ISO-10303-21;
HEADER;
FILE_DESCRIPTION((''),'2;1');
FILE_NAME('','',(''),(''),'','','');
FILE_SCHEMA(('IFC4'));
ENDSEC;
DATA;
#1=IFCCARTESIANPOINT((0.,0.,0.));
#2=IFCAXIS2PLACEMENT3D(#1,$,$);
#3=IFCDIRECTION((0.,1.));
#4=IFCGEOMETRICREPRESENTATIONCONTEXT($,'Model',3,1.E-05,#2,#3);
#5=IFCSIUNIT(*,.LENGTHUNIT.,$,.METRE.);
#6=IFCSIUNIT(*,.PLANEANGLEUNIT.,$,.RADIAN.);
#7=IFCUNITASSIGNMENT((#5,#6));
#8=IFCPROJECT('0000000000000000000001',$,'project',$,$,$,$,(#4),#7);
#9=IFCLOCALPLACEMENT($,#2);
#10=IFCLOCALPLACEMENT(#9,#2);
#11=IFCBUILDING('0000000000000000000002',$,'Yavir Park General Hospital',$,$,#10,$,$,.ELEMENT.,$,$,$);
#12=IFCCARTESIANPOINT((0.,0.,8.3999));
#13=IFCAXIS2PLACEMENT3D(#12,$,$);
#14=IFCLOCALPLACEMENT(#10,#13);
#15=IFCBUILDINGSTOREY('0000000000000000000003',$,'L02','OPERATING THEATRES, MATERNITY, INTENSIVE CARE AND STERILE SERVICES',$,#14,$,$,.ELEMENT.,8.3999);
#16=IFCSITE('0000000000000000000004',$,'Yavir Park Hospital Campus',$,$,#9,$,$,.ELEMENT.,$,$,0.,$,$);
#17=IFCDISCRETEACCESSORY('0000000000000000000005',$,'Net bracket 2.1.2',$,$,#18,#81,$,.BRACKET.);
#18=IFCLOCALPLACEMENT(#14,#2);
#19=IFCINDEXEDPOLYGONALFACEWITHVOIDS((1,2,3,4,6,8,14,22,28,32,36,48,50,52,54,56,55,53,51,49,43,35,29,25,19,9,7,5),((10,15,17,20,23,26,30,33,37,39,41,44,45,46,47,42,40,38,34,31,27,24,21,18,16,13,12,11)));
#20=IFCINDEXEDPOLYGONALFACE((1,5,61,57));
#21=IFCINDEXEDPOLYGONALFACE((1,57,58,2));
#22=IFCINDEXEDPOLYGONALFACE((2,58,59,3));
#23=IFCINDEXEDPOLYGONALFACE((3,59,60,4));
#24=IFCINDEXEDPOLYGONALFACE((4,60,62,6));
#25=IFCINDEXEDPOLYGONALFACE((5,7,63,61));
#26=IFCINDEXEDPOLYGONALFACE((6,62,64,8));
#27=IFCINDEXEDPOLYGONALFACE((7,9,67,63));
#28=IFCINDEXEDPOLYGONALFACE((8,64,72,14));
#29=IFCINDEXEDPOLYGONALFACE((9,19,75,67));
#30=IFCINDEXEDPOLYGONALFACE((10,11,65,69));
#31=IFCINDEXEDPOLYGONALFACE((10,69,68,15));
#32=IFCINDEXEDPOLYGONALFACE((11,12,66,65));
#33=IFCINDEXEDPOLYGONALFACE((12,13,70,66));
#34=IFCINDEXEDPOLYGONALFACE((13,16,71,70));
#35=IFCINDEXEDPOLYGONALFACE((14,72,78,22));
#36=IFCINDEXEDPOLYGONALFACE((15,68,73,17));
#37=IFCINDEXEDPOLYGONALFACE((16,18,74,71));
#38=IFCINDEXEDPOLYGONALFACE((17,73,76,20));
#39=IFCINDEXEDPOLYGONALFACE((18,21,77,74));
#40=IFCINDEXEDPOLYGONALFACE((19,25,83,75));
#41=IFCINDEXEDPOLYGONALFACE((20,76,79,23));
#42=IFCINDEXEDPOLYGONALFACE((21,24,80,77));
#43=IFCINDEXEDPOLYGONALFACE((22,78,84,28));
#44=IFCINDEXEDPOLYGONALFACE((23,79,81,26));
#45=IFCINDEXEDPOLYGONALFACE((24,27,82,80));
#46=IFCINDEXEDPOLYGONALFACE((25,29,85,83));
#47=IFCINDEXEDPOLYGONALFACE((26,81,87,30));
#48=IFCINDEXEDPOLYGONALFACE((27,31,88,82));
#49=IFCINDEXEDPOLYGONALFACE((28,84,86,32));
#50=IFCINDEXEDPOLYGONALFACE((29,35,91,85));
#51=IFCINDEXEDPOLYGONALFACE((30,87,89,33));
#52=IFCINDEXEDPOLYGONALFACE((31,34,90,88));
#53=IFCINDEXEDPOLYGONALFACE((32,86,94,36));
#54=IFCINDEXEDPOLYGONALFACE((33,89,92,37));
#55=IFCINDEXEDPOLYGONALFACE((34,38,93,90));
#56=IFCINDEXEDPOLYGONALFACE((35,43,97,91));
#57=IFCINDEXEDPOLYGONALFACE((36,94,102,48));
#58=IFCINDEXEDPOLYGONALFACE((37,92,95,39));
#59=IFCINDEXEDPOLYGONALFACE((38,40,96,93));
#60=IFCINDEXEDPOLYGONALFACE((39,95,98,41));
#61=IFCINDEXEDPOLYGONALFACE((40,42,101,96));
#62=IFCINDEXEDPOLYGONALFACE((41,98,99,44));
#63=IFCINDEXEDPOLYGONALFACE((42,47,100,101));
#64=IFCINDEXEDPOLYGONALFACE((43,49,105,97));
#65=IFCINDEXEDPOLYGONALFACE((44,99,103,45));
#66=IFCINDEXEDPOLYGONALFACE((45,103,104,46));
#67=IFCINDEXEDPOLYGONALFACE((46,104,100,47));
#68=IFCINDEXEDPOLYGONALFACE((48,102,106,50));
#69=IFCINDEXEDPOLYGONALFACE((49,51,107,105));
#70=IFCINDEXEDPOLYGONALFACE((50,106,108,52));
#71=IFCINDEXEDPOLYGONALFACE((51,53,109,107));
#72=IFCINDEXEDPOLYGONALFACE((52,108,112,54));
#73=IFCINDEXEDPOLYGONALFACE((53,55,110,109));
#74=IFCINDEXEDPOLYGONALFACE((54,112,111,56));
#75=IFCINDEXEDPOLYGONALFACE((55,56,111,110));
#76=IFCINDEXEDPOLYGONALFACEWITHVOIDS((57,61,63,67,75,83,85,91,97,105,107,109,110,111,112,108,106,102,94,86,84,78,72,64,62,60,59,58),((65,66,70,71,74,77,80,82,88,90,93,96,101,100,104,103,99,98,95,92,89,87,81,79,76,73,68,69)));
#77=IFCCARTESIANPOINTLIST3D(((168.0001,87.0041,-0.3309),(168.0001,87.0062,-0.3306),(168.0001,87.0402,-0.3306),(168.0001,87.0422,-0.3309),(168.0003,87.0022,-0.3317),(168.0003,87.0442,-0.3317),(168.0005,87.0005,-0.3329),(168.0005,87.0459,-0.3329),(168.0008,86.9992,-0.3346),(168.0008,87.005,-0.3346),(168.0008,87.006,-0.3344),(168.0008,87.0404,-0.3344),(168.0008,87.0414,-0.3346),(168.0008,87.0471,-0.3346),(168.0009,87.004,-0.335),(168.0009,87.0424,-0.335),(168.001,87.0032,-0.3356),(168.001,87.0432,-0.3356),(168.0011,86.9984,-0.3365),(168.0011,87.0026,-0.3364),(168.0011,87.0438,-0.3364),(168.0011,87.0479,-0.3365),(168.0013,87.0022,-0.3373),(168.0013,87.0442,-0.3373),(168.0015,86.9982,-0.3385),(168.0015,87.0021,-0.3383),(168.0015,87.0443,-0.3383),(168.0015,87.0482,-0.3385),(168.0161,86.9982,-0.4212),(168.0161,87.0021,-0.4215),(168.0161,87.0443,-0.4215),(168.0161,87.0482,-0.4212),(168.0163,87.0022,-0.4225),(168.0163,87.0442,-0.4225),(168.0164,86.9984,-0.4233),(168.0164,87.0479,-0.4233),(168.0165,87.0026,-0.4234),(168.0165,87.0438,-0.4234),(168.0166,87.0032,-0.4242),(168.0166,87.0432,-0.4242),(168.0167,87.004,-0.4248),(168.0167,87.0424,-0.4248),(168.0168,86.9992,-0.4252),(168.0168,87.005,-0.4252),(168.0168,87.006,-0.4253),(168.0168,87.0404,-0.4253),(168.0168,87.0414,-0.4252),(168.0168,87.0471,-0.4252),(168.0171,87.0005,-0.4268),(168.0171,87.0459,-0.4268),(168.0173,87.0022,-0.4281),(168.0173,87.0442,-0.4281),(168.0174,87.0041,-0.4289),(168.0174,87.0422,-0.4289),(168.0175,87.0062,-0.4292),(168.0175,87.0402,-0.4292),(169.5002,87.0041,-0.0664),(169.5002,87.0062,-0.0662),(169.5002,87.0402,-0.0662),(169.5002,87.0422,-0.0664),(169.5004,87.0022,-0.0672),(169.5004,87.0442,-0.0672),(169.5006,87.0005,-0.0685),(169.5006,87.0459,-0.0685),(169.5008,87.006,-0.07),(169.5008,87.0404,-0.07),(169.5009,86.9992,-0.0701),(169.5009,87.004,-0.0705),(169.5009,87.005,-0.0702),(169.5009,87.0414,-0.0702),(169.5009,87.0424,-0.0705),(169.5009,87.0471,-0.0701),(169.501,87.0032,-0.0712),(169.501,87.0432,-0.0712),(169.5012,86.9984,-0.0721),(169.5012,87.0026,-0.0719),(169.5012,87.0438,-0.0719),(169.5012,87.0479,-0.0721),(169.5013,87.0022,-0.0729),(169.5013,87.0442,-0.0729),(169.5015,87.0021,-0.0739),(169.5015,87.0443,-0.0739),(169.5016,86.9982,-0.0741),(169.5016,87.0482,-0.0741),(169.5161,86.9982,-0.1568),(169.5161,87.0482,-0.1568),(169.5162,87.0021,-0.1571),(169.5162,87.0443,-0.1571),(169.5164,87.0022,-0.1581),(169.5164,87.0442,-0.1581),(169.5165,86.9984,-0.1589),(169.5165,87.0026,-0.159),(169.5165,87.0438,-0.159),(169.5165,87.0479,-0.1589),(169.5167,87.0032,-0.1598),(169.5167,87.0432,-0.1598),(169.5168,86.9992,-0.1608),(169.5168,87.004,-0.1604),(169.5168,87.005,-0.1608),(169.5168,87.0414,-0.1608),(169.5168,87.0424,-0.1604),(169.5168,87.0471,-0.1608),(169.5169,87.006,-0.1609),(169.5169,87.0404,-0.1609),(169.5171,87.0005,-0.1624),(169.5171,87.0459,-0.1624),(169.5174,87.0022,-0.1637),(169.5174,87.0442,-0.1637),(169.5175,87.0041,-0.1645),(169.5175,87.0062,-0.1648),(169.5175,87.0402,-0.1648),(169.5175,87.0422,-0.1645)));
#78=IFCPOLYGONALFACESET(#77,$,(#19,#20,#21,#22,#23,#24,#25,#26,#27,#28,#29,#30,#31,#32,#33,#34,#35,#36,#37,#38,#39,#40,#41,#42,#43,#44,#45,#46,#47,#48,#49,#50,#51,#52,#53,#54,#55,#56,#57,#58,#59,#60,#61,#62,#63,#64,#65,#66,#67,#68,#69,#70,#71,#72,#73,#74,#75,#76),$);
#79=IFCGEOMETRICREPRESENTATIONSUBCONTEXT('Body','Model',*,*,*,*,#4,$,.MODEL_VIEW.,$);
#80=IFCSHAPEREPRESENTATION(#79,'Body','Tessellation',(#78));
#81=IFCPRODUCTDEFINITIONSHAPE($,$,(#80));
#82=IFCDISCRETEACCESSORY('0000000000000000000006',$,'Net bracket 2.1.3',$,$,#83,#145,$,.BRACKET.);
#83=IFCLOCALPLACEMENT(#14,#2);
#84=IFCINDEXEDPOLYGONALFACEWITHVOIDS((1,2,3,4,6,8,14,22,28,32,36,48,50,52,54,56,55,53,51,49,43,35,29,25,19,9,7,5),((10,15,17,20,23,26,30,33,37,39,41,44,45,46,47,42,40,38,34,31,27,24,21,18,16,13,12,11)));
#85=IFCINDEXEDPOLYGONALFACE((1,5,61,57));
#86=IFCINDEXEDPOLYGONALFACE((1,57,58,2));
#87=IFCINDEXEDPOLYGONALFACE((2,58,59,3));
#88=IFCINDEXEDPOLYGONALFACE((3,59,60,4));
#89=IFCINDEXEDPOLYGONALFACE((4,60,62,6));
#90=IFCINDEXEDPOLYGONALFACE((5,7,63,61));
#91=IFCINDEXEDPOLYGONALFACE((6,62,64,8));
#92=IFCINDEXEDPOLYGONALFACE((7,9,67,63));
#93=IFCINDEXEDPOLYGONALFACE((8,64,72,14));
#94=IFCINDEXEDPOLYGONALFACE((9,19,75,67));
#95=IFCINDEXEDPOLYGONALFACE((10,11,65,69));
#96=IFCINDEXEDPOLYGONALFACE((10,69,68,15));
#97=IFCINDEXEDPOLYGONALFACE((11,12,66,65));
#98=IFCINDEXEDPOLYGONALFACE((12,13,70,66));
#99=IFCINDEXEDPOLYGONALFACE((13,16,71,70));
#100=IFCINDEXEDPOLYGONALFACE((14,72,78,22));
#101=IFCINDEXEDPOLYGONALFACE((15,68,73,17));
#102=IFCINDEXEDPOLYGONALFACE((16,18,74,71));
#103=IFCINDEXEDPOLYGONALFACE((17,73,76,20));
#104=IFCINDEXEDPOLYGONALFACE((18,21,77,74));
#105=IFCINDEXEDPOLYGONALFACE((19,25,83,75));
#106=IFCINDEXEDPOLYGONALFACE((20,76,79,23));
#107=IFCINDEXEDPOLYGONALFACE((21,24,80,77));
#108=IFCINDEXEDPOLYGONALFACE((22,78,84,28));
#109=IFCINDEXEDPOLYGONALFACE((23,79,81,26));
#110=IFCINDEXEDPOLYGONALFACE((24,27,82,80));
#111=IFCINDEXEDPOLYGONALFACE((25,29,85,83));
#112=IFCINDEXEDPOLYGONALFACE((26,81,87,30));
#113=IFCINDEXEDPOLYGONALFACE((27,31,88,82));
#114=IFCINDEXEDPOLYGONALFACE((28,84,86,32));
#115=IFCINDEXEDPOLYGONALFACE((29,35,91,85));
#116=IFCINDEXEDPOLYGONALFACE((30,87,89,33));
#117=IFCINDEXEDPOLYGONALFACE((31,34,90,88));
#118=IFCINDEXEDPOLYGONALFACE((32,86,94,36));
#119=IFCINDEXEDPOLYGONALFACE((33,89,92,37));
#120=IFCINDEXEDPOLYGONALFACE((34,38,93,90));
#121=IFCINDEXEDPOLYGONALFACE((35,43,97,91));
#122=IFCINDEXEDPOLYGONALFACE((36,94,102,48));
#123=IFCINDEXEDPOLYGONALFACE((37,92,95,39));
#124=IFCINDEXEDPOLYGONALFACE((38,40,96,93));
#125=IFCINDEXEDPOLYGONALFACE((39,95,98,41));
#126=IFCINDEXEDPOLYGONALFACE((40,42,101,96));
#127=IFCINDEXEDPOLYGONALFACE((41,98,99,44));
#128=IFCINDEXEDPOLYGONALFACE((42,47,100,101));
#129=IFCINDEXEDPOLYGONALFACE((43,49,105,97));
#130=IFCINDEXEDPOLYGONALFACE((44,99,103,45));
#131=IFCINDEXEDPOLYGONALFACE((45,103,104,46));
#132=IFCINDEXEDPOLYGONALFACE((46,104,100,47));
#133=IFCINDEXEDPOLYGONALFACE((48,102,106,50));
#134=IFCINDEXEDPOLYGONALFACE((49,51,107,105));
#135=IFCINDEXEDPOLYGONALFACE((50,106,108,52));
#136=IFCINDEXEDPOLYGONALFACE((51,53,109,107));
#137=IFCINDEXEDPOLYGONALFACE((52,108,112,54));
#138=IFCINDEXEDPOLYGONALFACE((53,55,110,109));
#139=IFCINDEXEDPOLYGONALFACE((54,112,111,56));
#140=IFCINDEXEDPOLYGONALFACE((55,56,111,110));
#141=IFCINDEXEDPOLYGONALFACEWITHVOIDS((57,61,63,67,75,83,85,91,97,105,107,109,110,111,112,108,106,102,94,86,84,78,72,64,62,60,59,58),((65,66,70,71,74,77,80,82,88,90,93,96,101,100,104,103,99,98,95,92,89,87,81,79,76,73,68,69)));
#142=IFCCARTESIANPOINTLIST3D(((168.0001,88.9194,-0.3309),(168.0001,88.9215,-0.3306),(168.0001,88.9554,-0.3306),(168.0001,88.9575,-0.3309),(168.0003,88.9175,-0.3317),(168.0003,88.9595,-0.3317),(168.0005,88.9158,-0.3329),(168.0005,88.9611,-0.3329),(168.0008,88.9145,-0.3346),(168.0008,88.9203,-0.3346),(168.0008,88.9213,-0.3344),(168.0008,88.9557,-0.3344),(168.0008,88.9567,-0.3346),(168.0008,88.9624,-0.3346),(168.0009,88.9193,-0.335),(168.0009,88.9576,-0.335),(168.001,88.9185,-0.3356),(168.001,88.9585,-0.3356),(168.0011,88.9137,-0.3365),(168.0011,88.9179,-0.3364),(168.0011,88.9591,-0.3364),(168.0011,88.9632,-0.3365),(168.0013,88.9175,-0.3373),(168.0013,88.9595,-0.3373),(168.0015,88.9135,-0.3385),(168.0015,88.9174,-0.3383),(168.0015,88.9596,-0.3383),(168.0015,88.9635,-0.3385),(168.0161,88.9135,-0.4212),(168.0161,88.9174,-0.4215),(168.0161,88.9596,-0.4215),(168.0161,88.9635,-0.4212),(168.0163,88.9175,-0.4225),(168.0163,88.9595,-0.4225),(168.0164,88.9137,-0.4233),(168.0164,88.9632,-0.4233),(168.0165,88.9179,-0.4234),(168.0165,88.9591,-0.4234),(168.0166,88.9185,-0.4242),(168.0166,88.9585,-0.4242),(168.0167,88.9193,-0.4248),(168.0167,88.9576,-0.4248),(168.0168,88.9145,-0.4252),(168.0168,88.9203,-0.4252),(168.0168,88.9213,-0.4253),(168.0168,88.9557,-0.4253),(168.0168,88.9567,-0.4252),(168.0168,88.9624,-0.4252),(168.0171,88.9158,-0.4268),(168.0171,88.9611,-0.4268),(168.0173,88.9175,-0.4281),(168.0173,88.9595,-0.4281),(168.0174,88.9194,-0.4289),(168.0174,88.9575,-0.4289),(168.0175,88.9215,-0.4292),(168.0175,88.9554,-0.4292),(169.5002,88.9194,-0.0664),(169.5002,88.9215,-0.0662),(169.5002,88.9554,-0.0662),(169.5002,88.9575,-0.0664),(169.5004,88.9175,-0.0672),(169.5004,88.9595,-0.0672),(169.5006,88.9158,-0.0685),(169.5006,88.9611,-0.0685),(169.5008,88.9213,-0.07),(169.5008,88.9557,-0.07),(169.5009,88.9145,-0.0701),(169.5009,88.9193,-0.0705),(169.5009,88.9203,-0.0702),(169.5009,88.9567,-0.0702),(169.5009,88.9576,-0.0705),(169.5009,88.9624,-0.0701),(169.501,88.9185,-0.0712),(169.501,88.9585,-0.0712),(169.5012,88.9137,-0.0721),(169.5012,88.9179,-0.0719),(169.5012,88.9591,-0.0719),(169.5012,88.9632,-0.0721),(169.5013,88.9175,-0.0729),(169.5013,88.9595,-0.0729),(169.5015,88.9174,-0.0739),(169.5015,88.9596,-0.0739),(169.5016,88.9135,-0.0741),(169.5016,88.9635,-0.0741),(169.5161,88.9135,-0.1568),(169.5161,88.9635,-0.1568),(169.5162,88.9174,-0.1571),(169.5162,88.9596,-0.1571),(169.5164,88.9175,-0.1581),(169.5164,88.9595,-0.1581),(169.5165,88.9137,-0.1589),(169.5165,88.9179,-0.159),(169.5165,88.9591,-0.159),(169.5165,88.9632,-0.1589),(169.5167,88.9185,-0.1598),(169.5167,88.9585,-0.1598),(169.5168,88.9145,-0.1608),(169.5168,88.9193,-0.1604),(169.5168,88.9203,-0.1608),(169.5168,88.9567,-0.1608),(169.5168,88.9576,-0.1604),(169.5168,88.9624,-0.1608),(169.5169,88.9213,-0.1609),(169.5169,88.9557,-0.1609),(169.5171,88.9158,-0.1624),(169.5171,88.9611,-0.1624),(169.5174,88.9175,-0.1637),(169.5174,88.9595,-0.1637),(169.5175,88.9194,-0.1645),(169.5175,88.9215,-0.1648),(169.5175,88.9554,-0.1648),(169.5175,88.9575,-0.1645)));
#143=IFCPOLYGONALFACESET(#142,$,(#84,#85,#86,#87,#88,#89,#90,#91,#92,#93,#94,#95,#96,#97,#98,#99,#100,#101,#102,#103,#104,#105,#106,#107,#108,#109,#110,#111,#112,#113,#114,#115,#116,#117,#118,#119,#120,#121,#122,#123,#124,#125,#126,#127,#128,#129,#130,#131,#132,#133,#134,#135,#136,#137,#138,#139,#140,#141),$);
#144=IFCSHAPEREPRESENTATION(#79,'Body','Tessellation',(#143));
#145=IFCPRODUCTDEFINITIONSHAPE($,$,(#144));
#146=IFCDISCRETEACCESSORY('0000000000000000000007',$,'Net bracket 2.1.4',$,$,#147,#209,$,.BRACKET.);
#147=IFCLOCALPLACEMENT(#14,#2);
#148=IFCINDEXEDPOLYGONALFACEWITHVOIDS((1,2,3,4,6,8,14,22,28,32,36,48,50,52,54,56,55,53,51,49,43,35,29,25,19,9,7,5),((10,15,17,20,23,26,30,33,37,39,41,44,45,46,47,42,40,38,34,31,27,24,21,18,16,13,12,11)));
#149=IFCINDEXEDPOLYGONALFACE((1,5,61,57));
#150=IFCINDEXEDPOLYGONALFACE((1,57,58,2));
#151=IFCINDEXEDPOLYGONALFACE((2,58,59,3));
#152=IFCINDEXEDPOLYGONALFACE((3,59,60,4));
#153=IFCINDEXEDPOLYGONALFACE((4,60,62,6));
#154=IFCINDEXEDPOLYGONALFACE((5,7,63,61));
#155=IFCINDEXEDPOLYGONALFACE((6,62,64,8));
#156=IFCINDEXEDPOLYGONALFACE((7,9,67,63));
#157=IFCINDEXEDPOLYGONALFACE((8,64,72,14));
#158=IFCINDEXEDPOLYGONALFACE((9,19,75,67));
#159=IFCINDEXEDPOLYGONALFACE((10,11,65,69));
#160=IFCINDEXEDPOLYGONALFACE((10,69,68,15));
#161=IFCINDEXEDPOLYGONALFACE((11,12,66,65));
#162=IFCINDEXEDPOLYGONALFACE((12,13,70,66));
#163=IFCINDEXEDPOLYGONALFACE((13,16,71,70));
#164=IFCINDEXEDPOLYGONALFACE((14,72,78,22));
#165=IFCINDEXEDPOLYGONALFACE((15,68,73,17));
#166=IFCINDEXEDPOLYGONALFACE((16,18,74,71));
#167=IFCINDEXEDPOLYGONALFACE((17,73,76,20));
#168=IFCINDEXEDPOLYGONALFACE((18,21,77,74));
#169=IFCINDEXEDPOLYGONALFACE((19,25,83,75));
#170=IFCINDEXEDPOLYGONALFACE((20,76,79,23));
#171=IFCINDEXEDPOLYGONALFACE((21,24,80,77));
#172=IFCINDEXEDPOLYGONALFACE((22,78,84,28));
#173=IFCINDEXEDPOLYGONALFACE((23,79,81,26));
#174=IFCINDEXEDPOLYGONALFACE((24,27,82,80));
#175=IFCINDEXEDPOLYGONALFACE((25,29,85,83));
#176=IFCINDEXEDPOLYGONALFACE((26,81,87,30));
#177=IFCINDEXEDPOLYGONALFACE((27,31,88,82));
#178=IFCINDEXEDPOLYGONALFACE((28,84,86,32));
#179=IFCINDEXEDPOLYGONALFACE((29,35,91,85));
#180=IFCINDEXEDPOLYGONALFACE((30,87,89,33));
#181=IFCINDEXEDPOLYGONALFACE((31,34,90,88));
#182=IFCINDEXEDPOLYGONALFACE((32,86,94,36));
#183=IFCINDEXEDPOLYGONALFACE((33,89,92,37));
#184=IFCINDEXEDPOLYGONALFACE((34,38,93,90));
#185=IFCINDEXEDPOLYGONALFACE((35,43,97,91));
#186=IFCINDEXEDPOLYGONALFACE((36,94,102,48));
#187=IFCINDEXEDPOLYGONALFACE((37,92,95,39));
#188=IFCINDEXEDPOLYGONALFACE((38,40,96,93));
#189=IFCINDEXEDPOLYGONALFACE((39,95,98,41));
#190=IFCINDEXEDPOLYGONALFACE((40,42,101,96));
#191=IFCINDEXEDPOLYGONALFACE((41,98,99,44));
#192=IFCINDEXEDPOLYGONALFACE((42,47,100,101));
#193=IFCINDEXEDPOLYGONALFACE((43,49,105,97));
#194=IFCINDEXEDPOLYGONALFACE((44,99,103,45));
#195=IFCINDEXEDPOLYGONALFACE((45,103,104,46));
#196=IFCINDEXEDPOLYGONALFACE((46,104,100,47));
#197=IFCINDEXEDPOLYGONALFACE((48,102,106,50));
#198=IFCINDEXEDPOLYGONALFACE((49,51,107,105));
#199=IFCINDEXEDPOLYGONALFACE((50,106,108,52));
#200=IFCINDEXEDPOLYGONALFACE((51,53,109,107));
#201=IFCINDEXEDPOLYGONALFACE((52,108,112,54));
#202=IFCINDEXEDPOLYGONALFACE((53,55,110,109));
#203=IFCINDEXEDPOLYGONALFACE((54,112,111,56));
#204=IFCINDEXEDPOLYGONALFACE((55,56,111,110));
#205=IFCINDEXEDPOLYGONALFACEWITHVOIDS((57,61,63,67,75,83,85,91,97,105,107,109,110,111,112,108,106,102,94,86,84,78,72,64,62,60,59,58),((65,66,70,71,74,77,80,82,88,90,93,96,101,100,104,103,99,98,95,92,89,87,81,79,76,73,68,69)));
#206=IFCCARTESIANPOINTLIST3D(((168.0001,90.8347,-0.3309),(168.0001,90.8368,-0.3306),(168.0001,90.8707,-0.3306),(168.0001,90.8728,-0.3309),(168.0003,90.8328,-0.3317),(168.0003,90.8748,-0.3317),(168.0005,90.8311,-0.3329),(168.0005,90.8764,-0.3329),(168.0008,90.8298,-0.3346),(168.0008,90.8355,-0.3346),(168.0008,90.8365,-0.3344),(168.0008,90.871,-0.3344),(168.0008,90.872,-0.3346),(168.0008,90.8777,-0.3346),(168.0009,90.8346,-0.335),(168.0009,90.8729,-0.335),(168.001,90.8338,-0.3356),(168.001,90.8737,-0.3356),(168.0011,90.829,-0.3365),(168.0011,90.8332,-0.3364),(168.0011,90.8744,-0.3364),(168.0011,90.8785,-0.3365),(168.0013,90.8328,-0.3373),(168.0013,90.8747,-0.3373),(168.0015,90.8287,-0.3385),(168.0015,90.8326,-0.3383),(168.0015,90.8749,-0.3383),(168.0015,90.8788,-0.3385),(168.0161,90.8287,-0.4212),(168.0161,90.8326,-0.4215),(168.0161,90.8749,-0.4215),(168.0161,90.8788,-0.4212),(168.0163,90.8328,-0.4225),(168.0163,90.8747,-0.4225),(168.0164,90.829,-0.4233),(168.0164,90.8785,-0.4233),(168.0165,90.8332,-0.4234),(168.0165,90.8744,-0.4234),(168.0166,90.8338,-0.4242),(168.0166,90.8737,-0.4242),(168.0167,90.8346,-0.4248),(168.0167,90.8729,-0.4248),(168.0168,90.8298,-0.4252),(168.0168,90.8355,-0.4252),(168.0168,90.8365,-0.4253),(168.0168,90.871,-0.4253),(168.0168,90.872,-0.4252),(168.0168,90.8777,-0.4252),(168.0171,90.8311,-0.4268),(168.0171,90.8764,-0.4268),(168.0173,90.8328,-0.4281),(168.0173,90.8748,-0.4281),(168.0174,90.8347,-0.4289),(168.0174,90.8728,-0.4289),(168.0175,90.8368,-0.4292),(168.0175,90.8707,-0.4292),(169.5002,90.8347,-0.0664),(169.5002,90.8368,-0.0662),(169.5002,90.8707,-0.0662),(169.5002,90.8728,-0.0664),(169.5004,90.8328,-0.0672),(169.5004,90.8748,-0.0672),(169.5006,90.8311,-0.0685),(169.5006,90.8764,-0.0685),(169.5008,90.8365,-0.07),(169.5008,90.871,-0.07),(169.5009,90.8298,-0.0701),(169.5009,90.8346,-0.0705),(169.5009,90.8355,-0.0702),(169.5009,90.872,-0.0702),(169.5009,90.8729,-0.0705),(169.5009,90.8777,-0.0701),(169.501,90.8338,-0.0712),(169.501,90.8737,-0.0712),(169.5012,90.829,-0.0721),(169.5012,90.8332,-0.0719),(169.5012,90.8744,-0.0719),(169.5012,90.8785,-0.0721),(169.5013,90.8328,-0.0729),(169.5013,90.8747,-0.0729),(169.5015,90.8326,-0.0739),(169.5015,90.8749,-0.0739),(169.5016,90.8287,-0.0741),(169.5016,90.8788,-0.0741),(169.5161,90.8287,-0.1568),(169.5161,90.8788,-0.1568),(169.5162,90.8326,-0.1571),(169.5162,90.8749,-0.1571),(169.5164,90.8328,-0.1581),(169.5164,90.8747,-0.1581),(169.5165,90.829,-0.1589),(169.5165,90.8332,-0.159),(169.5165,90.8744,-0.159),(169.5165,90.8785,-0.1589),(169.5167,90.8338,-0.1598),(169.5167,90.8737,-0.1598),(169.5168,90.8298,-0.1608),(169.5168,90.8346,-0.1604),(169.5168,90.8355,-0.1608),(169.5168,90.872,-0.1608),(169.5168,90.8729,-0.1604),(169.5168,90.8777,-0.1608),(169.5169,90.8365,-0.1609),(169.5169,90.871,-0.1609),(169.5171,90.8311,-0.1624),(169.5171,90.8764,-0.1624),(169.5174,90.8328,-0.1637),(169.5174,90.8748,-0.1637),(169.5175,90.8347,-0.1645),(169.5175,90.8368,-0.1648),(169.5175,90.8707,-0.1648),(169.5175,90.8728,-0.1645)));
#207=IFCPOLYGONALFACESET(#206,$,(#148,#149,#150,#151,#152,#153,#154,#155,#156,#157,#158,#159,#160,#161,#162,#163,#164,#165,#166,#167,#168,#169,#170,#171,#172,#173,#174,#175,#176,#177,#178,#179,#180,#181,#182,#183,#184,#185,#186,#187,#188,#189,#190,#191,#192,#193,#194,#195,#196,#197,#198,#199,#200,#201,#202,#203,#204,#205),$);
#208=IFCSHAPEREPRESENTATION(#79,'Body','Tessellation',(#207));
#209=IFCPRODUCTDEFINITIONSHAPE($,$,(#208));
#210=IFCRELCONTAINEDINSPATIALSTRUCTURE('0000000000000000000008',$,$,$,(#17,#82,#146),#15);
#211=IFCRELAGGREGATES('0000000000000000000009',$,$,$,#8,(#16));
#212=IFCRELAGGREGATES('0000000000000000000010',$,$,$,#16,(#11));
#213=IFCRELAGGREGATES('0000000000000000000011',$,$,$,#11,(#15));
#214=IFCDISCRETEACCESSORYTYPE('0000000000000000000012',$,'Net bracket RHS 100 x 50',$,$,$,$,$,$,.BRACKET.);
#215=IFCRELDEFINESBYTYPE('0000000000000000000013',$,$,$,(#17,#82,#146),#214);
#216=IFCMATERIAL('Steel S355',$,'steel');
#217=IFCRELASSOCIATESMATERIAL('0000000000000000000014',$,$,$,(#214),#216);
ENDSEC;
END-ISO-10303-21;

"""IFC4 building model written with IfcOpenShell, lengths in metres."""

from ifc_helpers import new_model, si_unit, direction, frame, origin, origin_2d, place, context, subcontext, project, spatial, hollow_rectangle, extrude, material, material_profile, profile_set, type_object, element, save


model = new_model("IFC4")

# Units and contexts
model_context = context("Model", 3, precision=1e-05, world=origin(), true_north=direction((0.0, 1.0)))
body_context = subcontext(model_context, "Body", "Model", "MODEL_VIEW")
ifc_project = project(units=[si_unit("LENGTHUNIT", "METRE"), si_unit("PLANEANGLEUNIT", "RADIAN")], contexts=[model_context])

# Site, building, storey
site_placement = place(None, origin())
site = spatial("IfcSite", under=ifc_project, at=site_placement, Name="Yavir Park Hospital Campus", CompositionType="ELEMENT", RefElevation=0.0)
building_placement = place(site_placement, origin())
building = spatial("IfcBuilding", under=site, at=building_placement, Name="Yavir Park General Hospital", CompositionType="ELEMENT")
storey_placement = place(building_placement, frame((0.0, 0.0, 8.3999)))
storey = spatial("IfcBuildingStorey", under=building, at=storey_placement, Name="L02", Description="OPERATING THEATRES, MATERNITY, INTENSIVE CARE AND STERILE SERVICES", CompositionType="ELEMENT", Elevation=8.3999)

# Discrete accessories
ifc_material_1 = material(Name="Steel S355", Category="steel")
ifc_material_profile = material_profile(ifc_material_1, hollow_rectangle(XDim=0.05, YDim=0.1001, WallThickness=0.0039, InnerFilletRadius=0.0039, OuterFilletRadius=0.0081, at=origin_2d()), Name="RHS100x50x4")
ifc_profile_set = profile_set([ifc_material_profile], Name="Steel S355")
discrete_accessory_type_1 = type_object("IfcDiscreteAccessoryType", Name="Net bracket RHS 100 x 50", PredefinedType="BRACKET", material=ifc_profile_set)
for number, where, z_axis, x_axis, name in (
    (1, (168.0088, 87.0232, -0.3799), (0.984817, 0.0, 0.173593), (0.0, 1.0, 0.0), "Net bracket 2.1.2"),
    (2, (168.0088, 88.9385, -0.3799), (0.984817, 0.0, 0.173593), (0.0, 1.0, 0.0), "Net bracket 2.1.3"),
    (3, (168.0088, 90.8538, -0.3799), (0.984817, 0.0, 0.173593), (0.0, 1.0, 0.0), "Net bracket 2.1.4"),
):
    element("IfcDiscreteAccessory", number, at=place(storey_placement, frame(where, z_axis=z_axis, x_axis=x_axis)), inside=storey, type_object=discrete_accessory_type_1, Name=name, PredefinedType="BRACKET", context=body_context, shape_type="SweptSolid", body=[
        extrude(hollow_rectangle(XDim=0.05, YDim=0.1001, WallThickness=0.0039, InnerFilletRadius=0.0039, OuterFilletRadius=0.0081, at=origin_2d()), origin(), (0.0, 0.0, 1.0), 1.5232),
    ])

save(model, "model.ifc")
